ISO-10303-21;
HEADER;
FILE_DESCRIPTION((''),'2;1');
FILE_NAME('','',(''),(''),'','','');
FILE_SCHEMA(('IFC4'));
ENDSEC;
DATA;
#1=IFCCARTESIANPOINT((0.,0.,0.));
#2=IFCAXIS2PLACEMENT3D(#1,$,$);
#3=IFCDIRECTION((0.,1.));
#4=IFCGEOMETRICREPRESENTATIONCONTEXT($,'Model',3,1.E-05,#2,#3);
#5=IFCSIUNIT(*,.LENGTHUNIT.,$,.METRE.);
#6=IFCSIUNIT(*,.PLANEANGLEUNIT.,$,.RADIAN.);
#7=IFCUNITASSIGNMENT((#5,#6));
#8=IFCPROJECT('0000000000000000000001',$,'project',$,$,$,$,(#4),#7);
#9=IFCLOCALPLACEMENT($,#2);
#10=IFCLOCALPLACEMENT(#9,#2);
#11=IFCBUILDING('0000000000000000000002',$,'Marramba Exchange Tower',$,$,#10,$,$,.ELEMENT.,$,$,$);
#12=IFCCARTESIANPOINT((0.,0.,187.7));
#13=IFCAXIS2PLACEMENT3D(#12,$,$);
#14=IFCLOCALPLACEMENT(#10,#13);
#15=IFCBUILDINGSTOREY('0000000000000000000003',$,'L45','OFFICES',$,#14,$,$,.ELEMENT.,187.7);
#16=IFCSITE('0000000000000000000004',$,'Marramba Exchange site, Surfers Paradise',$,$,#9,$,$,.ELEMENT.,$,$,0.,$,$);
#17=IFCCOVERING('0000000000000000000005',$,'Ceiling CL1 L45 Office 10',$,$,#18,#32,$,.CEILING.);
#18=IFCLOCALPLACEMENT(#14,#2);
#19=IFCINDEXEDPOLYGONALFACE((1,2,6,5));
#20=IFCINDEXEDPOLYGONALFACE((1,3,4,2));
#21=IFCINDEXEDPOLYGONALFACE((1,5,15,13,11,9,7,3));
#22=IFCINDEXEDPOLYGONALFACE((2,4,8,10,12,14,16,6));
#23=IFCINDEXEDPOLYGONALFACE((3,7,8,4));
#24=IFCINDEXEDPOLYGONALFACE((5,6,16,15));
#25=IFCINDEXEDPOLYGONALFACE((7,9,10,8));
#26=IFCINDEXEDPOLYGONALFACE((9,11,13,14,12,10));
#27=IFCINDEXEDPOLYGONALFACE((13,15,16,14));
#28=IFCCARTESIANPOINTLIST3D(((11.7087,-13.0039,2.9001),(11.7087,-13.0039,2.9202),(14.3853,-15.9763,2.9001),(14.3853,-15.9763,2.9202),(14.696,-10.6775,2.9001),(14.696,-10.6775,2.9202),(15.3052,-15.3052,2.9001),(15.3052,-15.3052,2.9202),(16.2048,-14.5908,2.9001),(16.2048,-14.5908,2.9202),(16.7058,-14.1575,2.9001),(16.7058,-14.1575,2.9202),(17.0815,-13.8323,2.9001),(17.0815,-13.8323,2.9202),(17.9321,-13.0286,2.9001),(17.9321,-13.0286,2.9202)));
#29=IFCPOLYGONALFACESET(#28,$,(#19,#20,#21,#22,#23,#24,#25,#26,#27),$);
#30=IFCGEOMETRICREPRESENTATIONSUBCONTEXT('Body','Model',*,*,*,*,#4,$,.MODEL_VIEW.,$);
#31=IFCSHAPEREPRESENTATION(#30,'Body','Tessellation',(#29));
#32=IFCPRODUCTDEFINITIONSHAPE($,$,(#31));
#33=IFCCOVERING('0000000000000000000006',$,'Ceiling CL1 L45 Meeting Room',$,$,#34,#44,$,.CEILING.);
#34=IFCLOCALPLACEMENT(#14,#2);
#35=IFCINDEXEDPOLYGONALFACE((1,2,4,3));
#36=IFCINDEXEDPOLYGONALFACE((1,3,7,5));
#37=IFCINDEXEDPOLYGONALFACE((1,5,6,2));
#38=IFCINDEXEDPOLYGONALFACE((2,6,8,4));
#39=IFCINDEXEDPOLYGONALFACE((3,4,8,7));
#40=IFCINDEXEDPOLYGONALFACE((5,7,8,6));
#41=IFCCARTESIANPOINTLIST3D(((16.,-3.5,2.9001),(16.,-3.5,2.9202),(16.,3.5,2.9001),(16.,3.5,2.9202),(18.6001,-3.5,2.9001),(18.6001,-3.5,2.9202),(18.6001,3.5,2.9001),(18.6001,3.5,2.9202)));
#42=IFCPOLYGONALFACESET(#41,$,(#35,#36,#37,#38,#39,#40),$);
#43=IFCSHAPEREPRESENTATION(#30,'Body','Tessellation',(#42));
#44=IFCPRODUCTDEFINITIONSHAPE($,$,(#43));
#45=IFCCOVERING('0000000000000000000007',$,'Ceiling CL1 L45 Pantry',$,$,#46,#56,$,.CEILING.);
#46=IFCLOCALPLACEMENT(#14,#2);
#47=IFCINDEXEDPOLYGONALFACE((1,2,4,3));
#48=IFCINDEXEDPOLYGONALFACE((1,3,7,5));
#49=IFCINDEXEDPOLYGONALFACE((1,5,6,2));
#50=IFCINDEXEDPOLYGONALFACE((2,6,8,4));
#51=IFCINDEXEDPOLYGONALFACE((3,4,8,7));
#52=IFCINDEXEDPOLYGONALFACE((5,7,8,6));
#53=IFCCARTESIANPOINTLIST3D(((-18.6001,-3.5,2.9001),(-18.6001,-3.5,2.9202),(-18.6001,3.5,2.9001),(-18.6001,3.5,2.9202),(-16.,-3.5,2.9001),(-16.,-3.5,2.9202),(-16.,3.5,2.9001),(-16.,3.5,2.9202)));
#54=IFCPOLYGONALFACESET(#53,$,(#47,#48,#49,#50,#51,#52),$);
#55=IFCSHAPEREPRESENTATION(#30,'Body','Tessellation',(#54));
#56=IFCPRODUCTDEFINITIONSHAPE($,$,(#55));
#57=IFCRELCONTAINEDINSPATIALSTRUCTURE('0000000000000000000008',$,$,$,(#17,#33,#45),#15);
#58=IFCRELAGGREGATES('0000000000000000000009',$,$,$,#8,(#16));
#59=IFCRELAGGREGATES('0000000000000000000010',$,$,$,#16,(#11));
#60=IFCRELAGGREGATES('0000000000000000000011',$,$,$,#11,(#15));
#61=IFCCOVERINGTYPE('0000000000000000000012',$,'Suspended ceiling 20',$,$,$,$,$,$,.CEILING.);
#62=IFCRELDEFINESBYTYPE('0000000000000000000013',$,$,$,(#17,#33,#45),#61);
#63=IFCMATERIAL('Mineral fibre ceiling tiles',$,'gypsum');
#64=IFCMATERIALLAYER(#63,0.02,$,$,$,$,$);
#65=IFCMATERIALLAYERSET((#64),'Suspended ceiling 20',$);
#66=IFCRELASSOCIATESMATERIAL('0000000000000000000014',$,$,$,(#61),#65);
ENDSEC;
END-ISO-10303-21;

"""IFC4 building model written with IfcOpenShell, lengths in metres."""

from ifc_helpers import new_model, si_unit, direction, frame, origin, place, context, subcontext, project, spatial, polyline, outline, extrude, material, layer, layer_set, type_object, element, save


model = new_model("IFC4")

# Units and contexts
model_context = context("Model", 3, precision=1e-05, world=origin(), true_north=direction((0.0, 1.0)))
body_context = subcontext(model_context, "Body", "Model", "MODEL_VIEW")
ifc_project = project(units=[si_unit("LENGTHUNIT", "METRE"), si_unit("PLANEANGLEUNIT", "RADIAN")], contexts=[model_context])

# Site, building, storey
site_placement = place(None, origin())
site = spatial("IfcSite", under=ifc_project, at=site_placement, Name="Marramba Exchange site, Surfers Paradise", CompositionType="ELEMENT", RefElevation=0.0)
building_placement = place(site_placement, origin())
building = spatial("IfcBuilding", under=site, at=building_placement, Name="Marramba Exchange Tower", CompositionType="ELEMENT")
storey_placement = place(building_placement, frame((0.0, 0.0, 187.7)))
storey = spatial("IfcBuildingStorey", under=building, at=storey_placement, Name="L45", Description="OFFICES", CompositionType="ELEMENT", Elevation=187.7)

# Coverings
ifc_material_1 = material(Name="Mineral fibre ceiling tiles", Category="gypsum")
ifc_layer_1 = layer(ifc_material_1, 0.02)
ifc_layer_set_1 = layer_set([ifc_layer_1], Name="Suspended ceiling 20")
covering_type = type_object("IfcCoveringType", Name="Suspended ceiling 20", PredefinedType="CEILING", material=ifc_layer_set_1)
covering_1_placement = place(storey_placement, frame((0.0, 0.0, 2.9001)))
element("IfcCovering", 1, at=covering_1_placement, inside=storey, type_object=covering_type, Name="Ceiling CL1 L45 Office 10", PredefinedType="CEILING", context=body_context, shape_type="SweptSolid", body=[
    extrude(outline(polyline([(17.0815, -13.8323), (16.7058, -14.1575), (16.2048, -14.5908), (15.3052, -15.3052), (14.3853, -15.9763), (11.7087, -13.0039), (14.696, -10.6775), (17.9321, -13.0286), (17.0815, -13.8323)])), origin(), (0.0, 0.0, 1.0), 0.02),
])
covering_2_placement = place(storey_placement, frame((0.0, 0.0, 2.9001)))
element("IfcCovering", 2, at=covering_2_placement, inside=storey, type_object=covering_type, Name="Ceiling CL1 L45 Meeting Room", PredefinedType="CEILING", context=body_context, shape_type="SweptSolid", body=[
    extrude(outline(polyline([(18.6001, -3.5), (16.0, -3.5), (16.0, 3.5), (18.6001, 3.5), (18.6001, -3.5)])), origin(), (0.0, 0.0, 1.0), 0.02),
])
covering_3_placement = place(storey_placement, frame((0.0, 0.0, 2.9001)))
element("IfcCovering", 3, at=covering_3_placement, inside=storey, type_object=covering_type, Name="Ceiling CL1 L45 Pantry", PredefinedType="CEILING", context=body_context, shape_type="SweptSolid", body=[
    extrude(outline(polyline([(-16.0, -3.5), (-18.6001, -3.5), (-18.6001, 3.5), (-16.0, 3.5), (-16.0, -3.5)])), origin(), (0.0, 0.0, 1.0), 0.02),
])

save(model, "model.ifc")
